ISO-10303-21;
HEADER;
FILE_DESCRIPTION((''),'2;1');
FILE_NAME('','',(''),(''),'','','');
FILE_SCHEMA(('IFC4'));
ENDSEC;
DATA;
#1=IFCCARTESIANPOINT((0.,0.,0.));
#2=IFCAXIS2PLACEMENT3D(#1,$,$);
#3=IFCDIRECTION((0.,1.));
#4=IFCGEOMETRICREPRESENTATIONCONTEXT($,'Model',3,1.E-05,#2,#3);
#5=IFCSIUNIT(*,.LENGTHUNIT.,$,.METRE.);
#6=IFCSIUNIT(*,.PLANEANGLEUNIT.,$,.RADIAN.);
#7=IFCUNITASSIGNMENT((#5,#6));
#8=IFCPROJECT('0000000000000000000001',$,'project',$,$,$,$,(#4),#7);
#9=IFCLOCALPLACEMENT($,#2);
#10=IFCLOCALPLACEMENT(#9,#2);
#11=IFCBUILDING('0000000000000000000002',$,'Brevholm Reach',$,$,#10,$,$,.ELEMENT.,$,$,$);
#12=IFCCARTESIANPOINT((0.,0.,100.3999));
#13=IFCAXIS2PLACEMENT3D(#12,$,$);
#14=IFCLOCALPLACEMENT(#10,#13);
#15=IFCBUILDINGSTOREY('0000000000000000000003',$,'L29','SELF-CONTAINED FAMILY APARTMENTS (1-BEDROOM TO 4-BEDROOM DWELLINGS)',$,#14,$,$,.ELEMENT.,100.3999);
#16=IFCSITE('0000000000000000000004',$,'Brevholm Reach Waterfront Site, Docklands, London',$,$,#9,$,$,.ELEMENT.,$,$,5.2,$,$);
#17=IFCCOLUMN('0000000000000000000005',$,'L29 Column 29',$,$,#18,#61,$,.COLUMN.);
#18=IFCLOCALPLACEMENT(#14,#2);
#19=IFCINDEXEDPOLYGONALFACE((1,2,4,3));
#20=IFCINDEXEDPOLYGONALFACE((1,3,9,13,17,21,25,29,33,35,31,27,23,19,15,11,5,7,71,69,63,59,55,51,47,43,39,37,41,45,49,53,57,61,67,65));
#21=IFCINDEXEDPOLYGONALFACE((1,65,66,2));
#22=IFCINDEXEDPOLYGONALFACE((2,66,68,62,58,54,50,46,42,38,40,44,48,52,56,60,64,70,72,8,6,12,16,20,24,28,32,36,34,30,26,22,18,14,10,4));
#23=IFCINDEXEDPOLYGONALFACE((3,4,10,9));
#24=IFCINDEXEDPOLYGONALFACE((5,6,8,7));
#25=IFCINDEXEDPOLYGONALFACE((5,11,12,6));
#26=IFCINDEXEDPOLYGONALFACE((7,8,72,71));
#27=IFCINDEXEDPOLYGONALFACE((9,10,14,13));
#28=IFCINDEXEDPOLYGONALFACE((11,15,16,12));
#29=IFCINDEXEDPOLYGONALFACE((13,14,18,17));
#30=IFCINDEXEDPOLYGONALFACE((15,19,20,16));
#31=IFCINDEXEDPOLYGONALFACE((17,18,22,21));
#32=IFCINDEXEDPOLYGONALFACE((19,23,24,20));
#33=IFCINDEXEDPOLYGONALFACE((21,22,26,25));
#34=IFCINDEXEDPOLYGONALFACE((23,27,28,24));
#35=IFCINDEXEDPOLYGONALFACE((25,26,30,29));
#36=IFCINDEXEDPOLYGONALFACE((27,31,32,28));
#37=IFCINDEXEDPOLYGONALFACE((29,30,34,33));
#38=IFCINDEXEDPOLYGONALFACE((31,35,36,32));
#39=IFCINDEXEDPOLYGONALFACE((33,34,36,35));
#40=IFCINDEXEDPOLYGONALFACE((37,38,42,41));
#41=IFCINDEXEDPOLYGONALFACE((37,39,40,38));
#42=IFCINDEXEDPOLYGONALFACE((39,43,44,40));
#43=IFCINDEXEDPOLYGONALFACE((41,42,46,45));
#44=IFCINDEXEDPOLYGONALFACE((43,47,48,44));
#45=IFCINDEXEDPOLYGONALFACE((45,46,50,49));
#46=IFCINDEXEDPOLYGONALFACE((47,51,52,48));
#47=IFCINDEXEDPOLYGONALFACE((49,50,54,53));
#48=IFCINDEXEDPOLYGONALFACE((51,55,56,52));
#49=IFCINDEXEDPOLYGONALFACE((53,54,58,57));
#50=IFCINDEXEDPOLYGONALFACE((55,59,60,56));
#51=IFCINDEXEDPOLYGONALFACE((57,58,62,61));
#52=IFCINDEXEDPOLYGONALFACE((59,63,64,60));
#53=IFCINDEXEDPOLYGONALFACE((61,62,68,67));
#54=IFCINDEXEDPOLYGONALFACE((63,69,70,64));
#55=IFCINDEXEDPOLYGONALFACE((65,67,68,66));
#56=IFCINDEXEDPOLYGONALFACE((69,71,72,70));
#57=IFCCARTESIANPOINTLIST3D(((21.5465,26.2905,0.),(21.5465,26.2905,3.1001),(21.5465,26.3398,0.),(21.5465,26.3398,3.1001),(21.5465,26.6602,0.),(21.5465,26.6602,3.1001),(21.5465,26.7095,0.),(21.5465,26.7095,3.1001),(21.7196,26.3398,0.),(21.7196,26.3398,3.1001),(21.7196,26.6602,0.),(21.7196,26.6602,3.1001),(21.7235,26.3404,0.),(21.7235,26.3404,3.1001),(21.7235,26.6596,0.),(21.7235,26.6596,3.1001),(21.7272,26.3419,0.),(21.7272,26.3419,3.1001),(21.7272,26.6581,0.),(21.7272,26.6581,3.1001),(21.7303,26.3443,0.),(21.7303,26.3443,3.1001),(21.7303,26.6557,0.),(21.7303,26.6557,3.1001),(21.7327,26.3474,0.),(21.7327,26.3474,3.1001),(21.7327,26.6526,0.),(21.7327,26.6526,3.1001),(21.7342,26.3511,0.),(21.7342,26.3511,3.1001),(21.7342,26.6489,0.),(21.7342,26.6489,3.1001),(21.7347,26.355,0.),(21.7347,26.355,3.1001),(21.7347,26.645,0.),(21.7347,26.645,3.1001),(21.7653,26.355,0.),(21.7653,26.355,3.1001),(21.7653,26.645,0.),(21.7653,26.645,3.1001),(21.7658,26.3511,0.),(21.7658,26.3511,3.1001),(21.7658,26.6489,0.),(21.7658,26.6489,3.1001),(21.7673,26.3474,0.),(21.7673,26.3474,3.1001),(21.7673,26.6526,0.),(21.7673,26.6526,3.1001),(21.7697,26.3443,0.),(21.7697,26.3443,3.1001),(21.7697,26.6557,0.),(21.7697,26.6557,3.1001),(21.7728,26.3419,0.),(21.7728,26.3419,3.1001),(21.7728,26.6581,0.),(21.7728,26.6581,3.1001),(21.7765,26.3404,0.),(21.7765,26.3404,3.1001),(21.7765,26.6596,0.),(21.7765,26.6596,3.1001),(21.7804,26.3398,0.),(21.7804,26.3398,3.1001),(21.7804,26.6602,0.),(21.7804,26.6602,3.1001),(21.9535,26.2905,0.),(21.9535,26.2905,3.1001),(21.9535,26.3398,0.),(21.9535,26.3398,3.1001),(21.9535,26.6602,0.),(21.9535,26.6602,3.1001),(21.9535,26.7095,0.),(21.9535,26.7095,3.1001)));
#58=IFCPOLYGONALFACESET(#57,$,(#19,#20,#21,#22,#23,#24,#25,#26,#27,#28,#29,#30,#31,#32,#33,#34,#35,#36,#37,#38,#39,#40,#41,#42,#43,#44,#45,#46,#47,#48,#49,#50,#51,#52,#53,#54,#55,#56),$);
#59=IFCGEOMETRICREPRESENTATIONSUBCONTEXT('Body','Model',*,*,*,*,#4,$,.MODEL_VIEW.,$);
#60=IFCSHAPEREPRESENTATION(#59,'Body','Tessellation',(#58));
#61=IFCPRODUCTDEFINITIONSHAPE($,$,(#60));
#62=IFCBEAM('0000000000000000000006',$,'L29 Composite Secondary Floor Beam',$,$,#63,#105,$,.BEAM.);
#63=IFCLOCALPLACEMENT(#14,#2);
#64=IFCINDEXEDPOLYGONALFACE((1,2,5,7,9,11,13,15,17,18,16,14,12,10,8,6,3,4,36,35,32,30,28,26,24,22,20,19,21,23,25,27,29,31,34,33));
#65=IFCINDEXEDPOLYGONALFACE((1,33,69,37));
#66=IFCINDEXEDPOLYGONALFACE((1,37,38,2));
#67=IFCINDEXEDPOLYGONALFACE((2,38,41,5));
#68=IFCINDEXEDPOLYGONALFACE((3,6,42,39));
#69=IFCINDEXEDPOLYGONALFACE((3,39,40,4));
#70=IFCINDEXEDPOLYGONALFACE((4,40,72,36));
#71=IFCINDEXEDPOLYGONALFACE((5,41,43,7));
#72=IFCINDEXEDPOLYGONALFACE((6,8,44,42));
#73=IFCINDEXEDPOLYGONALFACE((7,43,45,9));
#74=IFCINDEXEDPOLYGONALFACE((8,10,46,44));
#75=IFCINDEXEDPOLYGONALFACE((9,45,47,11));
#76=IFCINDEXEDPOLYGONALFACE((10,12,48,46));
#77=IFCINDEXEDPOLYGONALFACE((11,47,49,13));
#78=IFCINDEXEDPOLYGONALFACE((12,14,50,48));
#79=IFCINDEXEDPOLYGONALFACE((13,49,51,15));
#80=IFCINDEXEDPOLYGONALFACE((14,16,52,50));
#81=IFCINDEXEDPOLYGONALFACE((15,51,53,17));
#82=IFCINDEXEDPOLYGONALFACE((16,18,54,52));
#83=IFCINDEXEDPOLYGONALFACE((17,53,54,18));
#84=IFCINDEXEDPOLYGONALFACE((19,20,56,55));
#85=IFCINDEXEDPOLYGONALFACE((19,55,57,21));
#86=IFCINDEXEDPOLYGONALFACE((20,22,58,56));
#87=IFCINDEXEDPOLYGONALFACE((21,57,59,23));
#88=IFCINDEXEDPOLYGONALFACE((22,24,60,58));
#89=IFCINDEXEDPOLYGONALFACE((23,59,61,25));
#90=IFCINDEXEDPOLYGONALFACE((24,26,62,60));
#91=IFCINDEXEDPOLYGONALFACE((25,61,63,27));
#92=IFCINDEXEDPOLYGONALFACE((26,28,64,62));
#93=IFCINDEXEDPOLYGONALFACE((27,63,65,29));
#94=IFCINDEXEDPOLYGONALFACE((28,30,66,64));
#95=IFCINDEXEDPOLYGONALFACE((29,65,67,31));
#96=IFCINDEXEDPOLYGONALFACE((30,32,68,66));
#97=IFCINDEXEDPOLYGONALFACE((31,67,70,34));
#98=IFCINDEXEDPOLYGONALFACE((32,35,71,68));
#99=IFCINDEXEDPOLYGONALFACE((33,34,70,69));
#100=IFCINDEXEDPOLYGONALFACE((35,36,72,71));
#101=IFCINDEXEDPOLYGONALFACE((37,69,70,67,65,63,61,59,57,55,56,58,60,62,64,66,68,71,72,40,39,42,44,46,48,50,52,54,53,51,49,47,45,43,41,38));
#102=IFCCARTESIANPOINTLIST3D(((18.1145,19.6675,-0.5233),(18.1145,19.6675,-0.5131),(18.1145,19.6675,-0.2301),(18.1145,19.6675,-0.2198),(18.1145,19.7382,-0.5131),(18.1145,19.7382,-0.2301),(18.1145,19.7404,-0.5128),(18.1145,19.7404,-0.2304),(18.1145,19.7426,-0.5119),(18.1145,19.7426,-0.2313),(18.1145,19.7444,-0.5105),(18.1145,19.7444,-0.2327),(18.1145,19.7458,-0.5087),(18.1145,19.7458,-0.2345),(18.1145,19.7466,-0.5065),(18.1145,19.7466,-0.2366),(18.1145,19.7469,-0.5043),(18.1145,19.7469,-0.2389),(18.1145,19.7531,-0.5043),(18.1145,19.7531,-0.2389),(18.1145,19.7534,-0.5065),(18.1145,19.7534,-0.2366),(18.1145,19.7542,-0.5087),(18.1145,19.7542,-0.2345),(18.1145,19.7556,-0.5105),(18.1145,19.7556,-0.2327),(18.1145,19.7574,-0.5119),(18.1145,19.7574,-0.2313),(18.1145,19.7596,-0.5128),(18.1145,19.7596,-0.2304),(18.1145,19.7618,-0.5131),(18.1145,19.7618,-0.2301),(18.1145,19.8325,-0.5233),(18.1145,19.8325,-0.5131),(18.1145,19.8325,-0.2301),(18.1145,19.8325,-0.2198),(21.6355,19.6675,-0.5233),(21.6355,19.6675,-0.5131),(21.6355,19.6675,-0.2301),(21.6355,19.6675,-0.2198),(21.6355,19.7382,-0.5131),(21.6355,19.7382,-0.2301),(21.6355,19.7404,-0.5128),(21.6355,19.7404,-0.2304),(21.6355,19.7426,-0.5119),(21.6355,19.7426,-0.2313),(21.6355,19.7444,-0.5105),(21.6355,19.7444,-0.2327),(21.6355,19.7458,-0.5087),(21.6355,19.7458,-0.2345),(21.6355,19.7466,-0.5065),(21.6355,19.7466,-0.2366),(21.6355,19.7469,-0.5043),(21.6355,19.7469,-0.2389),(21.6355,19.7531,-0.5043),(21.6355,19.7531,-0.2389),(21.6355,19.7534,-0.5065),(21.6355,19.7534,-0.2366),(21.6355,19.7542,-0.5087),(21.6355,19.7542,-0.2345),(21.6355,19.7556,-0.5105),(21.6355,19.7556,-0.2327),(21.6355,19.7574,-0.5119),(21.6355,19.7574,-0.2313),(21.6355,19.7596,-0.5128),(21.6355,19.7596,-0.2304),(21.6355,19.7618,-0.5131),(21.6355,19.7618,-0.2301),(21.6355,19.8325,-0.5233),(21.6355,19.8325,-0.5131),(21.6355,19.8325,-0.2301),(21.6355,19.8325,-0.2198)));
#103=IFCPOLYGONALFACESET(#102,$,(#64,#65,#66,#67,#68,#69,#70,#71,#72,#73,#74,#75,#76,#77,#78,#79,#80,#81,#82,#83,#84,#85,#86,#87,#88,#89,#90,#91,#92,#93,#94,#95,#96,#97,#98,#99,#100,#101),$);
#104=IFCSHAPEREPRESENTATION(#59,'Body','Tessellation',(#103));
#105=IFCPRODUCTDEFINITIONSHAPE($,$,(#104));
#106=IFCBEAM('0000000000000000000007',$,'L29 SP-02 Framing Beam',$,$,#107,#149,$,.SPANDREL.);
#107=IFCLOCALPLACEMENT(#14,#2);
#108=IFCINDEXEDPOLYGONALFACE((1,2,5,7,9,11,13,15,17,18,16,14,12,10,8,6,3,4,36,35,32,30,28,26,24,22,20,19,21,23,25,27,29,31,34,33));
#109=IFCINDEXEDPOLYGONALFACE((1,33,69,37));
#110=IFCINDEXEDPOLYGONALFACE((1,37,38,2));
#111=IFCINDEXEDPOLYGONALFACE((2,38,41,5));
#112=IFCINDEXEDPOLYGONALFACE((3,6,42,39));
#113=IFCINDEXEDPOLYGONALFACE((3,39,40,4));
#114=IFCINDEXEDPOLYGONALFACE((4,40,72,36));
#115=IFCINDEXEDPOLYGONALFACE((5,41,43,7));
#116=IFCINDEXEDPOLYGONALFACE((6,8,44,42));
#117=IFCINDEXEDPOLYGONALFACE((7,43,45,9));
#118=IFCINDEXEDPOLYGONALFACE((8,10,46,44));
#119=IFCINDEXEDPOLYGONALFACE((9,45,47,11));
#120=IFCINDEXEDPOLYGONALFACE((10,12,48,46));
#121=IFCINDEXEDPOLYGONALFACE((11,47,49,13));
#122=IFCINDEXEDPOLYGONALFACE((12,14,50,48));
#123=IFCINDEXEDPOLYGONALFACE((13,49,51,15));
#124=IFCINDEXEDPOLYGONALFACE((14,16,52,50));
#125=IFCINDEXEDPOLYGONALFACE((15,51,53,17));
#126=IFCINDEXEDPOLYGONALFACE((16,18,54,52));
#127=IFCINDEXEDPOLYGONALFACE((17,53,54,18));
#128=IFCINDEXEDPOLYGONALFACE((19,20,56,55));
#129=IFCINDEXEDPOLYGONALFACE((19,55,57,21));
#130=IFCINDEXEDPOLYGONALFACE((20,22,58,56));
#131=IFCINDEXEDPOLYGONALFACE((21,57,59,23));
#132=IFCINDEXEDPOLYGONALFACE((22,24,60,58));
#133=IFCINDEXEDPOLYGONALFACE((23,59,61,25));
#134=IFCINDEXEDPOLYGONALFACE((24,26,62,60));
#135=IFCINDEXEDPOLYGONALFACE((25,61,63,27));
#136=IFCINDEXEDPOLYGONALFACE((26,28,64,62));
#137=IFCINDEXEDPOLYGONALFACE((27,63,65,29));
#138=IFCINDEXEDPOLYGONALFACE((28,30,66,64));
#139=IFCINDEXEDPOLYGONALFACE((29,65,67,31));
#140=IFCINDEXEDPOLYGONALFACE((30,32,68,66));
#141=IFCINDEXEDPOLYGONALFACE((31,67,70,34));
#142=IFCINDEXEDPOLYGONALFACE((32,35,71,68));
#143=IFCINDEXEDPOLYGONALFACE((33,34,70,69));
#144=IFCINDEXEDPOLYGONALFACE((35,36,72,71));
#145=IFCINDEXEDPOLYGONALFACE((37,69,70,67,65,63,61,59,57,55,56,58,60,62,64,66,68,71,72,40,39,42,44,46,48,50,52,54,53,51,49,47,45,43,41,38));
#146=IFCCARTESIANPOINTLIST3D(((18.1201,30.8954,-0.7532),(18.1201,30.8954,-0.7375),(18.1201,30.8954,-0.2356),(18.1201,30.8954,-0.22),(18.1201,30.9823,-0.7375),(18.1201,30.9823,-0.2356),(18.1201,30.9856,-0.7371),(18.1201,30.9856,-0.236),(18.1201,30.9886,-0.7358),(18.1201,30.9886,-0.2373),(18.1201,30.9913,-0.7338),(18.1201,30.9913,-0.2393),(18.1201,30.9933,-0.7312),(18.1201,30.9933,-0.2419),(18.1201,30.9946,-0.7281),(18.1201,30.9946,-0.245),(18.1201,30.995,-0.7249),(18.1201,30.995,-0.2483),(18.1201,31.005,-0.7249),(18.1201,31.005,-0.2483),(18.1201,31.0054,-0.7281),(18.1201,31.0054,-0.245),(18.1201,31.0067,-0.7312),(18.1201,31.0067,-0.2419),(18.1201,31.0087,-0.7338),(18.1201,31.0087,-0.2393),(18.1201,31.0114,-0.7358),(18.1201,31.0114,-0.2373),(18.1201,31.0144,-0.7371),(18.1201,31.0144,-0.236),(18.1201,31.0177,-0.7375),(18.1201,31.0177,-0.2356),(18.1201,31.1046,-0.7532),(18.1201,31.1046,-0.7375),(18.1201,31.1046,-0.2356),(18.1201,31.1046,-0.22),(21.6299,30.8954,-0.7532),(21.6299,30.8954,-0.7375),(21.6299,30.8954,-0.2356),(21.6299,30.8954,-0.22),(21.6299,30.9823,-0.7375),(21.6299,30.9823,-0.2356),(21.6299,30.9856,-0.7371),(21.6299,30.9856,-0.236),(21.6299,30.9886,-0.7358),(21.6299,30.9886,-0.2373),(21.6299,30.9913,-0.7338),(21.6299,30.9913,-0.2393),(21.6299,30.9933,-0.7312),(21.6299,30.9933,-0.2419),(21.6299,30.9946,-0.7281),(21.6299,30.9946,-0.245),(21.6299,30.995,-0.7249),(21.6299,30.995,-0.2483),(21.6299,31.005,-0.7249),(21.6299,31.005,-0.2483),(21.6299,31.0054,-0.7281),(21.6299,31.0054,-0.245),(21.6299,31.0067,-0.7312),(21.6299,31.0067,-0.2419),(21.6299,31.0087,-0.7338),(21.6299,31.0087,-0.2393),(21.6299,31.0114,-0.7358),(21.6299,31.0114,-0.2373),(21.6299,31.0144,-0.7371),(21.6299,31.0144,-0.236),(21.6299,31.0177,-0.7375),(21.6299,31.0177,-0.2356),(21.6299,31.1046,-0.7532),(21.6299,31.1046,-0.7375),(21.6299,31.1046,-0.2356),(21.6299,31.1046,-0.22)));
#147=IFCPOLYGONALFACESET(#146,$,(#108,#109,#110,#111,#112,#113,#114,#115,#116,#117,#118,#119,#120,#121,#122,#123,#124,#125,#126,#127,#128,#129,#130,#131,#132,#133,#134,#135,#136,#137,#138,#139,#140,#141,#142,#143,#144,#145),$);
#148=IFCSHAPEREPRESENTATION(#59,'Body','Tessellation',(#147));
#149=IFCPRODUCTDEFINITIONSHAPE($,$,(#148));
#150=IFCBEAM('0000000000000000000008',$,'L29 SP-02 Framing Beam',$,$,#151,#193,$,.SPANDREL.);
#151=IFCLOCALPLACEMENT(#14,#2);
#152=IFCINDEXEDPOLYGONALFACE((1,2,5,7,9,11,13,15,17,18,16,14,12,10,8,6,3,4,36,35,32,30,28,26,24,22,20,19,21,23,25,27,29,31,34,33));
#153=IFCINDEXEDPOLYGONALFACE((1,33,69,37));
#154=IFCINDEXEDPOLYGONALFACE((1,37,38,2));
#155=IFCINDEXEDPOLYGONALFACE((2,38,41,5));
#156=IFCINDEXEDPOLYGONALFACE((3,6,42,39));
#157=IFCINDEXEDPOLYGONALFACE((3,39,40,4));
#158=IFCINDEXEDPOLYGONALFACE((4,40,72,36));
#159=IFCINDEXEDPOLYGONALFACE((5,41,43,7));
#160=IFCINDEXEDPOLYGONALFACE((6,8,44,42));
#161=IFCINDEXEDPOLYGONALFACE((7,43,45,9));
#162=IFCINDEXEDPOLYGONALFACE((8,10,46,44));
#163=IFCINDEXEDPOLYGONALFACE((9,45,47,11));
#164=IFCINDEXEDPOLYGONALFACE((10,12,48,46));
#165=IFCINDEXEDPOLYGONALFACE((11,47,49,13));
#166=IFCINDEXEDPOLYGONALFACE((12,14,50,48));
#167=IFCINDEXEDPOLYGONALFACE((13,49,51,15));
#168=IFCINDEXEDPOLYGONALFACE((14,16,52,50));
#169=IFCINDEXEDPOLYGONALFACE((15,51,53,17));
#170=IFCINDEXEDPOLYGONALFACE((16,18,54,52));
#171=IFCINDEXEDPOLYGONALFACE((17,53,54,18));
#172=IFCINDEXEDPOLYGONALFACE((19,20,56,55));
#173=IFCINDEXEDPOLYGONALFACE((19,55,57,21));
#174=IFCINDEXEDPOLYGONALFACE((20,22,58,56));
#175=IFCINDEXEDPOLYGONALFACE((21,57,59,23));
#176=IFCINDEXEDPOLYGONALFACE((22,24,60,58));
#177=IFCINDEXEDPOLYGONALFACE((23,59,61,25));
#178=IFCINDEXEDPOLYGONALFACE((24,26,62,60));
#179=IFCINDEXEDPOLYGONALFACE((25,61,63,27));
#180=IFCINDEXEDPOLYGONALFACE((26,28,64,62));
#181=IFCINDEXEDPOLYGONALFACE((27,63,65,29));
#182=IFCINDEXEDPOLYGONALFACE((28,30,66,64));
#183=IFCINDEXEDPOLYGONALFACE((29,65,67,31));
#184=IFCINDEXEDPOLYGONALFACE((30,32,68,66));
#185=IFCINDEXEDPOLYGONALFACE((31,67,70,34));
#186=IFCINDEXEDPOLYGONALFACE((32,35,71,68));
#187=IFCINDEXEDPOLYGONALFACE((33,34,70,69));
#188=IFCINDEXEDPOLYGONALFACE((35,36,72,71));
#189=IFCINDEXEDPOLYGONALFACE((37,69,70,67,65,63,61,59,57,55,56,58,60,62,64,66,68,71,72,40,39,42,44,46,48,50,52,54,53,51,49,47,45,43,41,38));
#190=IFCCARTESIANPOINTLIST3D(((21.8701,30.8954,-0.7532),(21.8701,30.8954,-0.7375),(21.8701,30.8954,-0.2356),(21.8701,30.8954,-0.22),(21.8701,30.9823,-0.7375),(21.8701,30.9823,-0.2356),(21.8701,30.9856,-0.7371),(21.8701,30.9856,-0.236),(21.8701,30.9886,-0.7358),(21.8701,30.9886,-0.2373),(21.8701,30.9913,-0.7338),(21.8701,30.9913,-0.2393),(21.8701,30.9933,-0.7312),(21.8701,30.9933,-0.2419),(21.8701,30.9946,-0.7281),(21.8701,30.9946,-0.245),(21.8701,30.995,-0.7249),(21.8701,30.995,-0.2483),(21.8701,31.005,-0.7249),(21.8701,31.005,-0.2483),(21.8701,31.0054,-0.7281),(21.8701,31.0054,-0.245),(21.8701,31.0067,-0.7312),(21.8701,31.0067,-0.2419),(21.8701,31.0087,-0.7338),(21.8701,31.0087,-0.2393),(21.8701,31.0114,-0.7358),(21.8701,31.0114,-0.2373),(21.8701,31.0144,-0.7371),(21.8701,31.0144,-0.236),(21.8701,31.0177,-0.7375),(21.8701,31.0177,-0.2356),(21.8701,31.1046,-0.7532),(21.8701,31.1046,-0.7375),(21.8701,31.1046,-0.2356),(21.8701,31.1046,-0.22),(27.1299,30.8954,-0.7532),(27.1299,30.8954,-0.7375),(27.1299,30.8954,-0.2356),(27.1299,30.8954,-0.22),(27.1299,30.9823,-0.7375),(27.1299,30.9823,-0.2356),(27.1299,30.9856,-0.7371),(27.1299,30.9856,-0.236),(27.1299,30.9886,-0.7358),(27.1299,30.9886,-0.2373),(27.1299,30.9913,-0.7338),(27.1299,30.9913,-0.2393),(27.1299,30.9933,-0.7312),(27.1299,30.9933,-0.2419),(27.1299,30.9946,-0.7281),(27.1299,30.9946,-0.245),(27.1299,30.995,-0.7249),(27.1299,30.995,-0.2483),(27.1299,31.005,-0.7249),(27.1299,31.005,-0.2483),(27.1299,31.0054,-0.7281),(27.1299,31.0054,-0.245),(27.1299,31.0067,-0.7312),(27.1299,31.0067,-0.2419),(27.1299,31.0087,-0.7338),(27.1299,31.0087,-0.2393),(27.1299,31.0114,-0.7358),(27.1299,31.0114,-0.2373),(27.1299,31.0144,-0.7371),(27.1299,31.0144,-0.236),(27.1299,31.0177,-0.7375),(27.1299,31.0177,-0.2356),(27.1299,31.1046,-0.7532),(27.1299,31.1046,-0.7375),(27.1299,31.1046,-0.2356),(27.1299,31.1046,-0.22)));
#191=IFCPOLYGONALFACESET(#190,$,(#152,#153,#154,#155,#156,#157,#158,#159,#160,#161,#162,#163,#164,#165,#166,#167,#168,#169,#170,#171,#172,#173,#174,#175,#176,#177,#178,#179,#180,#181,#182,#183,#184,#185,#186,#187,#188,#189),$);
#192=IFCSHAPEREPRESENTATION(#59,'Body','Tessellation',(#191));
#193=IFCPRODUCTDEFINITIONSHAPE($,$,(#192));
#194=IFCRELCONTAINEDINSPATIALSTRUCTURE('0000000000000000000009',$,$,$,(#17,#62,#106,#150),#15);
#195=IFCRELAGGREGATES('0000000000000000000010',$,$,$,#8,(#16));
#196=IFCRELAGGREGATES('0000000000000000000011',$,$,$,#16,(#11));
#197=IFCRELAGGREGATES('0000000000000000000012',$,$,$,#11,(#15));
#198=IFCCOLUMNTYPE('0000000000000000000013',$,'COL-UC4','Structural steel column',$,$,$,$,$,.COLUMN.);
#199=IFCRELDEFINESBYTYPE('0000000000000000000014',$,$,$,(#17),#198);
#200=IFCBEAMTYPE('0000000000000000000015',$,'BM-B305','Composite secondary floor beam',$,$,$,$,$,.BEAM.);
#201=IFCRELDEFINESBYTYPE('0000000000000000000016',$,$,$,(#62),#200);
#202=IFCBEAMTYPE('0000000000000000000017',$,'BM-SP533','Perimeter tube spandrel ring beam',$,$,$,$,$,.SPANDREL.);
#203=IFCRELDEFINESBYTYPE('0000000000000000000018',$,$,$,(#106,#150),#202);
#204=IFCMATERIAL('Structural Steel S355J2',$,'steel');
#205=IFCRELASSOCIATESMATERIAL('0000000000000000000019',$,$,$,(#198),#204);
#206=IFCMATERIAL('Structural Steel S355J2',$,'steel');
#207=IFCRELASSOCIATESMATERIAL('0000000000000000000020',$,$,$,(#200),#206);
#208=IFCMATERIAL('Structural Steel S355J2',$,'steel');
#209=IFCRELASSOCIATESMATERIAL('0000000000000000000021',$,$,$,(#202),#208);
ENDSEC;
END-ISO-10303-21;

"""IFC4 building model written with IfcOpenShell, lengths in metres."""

from ifc_helpers import new_model, si_unit, direction, frame, origin, origin_2d, place, context, subcontext, project, spatial, i_section, extrude, material, material_profile, profile_set, type_object, element, save


model = new_model("IFC4")

# Units and contexts
model_context = context("Model", 3, precision=1e-05, world=origin(), true_north=direction((0.0, 1.0)))
body_context = subcontext(model_context, "Body", "Model", "MODEL_VIEW")
ifc_project = project(units=[si_unit("LENGTHUNIT", "METRE"), si_unit("PLANEANGLEUNIT", "RADIAN")], contexts=[model_context])

# Site, building, storey
site_placement = place(None, origin())
site = spatial("IfcSite", under=ifc_project, at=site_placement, Name="Brevholm Reach Waterfront Site, Docklands, London", CompositionType="ELEMENT", RefElevation=5.2)
building_placement = place(site_placement, origin())
building = spatial("IfcBuilding", under=site, at=building_placement, Name="Brevholm Reach", CompositionType="ELEMENT")
storey_placement = place(building_placement, frame((0.0, 0.0, 100.3999)))
storey = spatial("IfcBuildingStorey", under=building, at=storey_placement, Name="L29", Description="SELF-CONTAINED FAMILY APARTMENTS (1-BEDROOM TO 4-BEDROOM DWELLINGS)", CompositionType="ELEMENT", Elevation=100.3999)

# Column
ifc_material_1 = material(Name="Structural Steel S355J2", Category="steel")
ifc_material_profile_1 = material_profile(ifc_material_1, i_section(OverallWidth=0.407, OverallDepth=0.4189, WebThickness=0.0305, FlangeThickness=0.0493, FilletRadius=0.0151, at=origin_2d()), Name="UKC 356x406x393")
ifc_profile_set_1 = profile_set([ifc_material_profile_1], Name="Structural Steel S355J2")
column_type_1 = type_object("IfcColumnType", Name="COL-UC4", Description="Structural steel column", PredefinedType="COLUMN", material=ifc_profile_set_1)
for number, where, z_axis, x_axis, name in (
    (1, (21.75, 26.5, 0.0), (0.0, 0.0, 1.0), (1.0, 0.0, 0.0), "L29 Column 29"),
):
    element("IfcColumn", number, at=place(storey_placement, frame(where, z_axis=z_axis, x_axis=x_axis)), inside=storey, type_object=column_type_1, Name=name, PredefinedType="COLUMN", context=body_context, shape_type="SweptSolid", body=[
        extrude(i_section(OverallWidth=0.407, OverallDepth=0.4189, WebThickness=0.0305, FlangeThickness=0.0493, FilletRadius=0.0151, at=origin_2d()), origin(), (0.0, 0.0, 1.0), 3.1001),
    ])

# Beams
ifc_material_2 = material(Name="Structural Steel S355J2", Category="steel")
ifc_material_profile_2 = material_profile(ifc_material_2, i_section(OverallWidth=0.165, OverallDepth=0.3035, WebThickness=0.0061, FlangeThickness=0.0103, FilletRadius=0.0088, at=origin_2d()), Name="UKB 305x165x40")
ifc_profile_set_2 = profile_set([ifc_material_profile_2], Name="Structural Steel S355J2")
beam_type_1 = type_object("IfcBeamType", Name="BM-B305", Description="Composite secondary floor beam", PredefinedType="BEAM", material=ifc_profile_set_2)
beam_1_placement = place(storey_placement, frame((18.1145, 19.75, -0.3716), z_axis=(1.0, 0.0, 0.0), x_axis=(0.0, 1.0, 0.0)))
element("IfcBeam", 2, at=beam_1_placement, inside=storey, type_object=beam_type_1, Name="L29 Composite Secondary Floor Beam", PredefinedType="BEAM", context=body_context, shape_type="SweptSolid", body=[
    extrude(i_section(OverallWidth=0.165, OverallDepth=0.3035, WebThickness=0.0061, FlangeThickness=0.0103, FilletRadius=0.0088, at=origin_2d()), origin(), (0.0, 0.0, 1.0), 3.521),
])
ifc_material_3 = material(Name="Structural Steel S355J2", Category="steel")
ifc_material_profile_3 = material_profile(ifc_material_3, i_section(OverallWidth=0.2092, OverallDepth=0.5332, WebThickness=0.01, FlangeThickness=0.0156, FilletRadius=0.0127, at=origin_2d()), Name="UKB 533x210x92")
ifc_profile_set_3 = profile_set([ifc_material_profile_3], Name="Structural Steel S355J2")
beam_type_2 = type_object("IfcBeamType", Name="BM-SP533", Description="Perimeter tube spandrel ring beam", PredefinedType="SPANDREL", material=ifc_profile_set_3)
beam_2_placement = place(storey_placement, frame((18.1201, 31.0, -0.4866), z_axis=(1.0, 0.0, 0.0), x_axis=(0.0, 1.0, 0.0)))
element("IfcBeam", 3, at=beam_2_placement, inside=storey, type_object=beam_type_2, Name="L29 SP-02 Framing Beam", PredefinedType="SPANDREL", context=body_context, shape_type="SweptSolid", body=[
    extrude(i_section(OverallWidth=0.2092, OverallDepth=0.5332, WebThickness=0.01, FlangeThickness=0.0156, FilletRadius=0.0127, at=origin_2d()), origin(), (0.0, 0.0, 1.0), 3.5098),
])
for number, where, z_axis, x_axis, name in (
    (4, (21.8701, 31.0, -0.4866), (1.0, 0.0, 0.0), (0.0, 1.0, 0.0), "L29 SP-02 Framing Beam"),
):
    element("IfcBeam", number, at=place(storey_placement, frame(where, z_axis=z_axis, x_axis=x_axis)), inside=storey, type_object=beam_type_2, Name=name, PredefinedType="SPANDREL", context=body_context, shape_type="SweptSolid", body=[
        extrude(i_section(OverallWidth=0.2092, OverallDepth=0.5332, WebThickness=0.01, FlangeThickness=0.0156, FilletRadius=0.0127, at=origin_2d()), origin(), (0.0, 0.0, 1.0), 5.2598),
    ])

save(model, "model.ifc")
